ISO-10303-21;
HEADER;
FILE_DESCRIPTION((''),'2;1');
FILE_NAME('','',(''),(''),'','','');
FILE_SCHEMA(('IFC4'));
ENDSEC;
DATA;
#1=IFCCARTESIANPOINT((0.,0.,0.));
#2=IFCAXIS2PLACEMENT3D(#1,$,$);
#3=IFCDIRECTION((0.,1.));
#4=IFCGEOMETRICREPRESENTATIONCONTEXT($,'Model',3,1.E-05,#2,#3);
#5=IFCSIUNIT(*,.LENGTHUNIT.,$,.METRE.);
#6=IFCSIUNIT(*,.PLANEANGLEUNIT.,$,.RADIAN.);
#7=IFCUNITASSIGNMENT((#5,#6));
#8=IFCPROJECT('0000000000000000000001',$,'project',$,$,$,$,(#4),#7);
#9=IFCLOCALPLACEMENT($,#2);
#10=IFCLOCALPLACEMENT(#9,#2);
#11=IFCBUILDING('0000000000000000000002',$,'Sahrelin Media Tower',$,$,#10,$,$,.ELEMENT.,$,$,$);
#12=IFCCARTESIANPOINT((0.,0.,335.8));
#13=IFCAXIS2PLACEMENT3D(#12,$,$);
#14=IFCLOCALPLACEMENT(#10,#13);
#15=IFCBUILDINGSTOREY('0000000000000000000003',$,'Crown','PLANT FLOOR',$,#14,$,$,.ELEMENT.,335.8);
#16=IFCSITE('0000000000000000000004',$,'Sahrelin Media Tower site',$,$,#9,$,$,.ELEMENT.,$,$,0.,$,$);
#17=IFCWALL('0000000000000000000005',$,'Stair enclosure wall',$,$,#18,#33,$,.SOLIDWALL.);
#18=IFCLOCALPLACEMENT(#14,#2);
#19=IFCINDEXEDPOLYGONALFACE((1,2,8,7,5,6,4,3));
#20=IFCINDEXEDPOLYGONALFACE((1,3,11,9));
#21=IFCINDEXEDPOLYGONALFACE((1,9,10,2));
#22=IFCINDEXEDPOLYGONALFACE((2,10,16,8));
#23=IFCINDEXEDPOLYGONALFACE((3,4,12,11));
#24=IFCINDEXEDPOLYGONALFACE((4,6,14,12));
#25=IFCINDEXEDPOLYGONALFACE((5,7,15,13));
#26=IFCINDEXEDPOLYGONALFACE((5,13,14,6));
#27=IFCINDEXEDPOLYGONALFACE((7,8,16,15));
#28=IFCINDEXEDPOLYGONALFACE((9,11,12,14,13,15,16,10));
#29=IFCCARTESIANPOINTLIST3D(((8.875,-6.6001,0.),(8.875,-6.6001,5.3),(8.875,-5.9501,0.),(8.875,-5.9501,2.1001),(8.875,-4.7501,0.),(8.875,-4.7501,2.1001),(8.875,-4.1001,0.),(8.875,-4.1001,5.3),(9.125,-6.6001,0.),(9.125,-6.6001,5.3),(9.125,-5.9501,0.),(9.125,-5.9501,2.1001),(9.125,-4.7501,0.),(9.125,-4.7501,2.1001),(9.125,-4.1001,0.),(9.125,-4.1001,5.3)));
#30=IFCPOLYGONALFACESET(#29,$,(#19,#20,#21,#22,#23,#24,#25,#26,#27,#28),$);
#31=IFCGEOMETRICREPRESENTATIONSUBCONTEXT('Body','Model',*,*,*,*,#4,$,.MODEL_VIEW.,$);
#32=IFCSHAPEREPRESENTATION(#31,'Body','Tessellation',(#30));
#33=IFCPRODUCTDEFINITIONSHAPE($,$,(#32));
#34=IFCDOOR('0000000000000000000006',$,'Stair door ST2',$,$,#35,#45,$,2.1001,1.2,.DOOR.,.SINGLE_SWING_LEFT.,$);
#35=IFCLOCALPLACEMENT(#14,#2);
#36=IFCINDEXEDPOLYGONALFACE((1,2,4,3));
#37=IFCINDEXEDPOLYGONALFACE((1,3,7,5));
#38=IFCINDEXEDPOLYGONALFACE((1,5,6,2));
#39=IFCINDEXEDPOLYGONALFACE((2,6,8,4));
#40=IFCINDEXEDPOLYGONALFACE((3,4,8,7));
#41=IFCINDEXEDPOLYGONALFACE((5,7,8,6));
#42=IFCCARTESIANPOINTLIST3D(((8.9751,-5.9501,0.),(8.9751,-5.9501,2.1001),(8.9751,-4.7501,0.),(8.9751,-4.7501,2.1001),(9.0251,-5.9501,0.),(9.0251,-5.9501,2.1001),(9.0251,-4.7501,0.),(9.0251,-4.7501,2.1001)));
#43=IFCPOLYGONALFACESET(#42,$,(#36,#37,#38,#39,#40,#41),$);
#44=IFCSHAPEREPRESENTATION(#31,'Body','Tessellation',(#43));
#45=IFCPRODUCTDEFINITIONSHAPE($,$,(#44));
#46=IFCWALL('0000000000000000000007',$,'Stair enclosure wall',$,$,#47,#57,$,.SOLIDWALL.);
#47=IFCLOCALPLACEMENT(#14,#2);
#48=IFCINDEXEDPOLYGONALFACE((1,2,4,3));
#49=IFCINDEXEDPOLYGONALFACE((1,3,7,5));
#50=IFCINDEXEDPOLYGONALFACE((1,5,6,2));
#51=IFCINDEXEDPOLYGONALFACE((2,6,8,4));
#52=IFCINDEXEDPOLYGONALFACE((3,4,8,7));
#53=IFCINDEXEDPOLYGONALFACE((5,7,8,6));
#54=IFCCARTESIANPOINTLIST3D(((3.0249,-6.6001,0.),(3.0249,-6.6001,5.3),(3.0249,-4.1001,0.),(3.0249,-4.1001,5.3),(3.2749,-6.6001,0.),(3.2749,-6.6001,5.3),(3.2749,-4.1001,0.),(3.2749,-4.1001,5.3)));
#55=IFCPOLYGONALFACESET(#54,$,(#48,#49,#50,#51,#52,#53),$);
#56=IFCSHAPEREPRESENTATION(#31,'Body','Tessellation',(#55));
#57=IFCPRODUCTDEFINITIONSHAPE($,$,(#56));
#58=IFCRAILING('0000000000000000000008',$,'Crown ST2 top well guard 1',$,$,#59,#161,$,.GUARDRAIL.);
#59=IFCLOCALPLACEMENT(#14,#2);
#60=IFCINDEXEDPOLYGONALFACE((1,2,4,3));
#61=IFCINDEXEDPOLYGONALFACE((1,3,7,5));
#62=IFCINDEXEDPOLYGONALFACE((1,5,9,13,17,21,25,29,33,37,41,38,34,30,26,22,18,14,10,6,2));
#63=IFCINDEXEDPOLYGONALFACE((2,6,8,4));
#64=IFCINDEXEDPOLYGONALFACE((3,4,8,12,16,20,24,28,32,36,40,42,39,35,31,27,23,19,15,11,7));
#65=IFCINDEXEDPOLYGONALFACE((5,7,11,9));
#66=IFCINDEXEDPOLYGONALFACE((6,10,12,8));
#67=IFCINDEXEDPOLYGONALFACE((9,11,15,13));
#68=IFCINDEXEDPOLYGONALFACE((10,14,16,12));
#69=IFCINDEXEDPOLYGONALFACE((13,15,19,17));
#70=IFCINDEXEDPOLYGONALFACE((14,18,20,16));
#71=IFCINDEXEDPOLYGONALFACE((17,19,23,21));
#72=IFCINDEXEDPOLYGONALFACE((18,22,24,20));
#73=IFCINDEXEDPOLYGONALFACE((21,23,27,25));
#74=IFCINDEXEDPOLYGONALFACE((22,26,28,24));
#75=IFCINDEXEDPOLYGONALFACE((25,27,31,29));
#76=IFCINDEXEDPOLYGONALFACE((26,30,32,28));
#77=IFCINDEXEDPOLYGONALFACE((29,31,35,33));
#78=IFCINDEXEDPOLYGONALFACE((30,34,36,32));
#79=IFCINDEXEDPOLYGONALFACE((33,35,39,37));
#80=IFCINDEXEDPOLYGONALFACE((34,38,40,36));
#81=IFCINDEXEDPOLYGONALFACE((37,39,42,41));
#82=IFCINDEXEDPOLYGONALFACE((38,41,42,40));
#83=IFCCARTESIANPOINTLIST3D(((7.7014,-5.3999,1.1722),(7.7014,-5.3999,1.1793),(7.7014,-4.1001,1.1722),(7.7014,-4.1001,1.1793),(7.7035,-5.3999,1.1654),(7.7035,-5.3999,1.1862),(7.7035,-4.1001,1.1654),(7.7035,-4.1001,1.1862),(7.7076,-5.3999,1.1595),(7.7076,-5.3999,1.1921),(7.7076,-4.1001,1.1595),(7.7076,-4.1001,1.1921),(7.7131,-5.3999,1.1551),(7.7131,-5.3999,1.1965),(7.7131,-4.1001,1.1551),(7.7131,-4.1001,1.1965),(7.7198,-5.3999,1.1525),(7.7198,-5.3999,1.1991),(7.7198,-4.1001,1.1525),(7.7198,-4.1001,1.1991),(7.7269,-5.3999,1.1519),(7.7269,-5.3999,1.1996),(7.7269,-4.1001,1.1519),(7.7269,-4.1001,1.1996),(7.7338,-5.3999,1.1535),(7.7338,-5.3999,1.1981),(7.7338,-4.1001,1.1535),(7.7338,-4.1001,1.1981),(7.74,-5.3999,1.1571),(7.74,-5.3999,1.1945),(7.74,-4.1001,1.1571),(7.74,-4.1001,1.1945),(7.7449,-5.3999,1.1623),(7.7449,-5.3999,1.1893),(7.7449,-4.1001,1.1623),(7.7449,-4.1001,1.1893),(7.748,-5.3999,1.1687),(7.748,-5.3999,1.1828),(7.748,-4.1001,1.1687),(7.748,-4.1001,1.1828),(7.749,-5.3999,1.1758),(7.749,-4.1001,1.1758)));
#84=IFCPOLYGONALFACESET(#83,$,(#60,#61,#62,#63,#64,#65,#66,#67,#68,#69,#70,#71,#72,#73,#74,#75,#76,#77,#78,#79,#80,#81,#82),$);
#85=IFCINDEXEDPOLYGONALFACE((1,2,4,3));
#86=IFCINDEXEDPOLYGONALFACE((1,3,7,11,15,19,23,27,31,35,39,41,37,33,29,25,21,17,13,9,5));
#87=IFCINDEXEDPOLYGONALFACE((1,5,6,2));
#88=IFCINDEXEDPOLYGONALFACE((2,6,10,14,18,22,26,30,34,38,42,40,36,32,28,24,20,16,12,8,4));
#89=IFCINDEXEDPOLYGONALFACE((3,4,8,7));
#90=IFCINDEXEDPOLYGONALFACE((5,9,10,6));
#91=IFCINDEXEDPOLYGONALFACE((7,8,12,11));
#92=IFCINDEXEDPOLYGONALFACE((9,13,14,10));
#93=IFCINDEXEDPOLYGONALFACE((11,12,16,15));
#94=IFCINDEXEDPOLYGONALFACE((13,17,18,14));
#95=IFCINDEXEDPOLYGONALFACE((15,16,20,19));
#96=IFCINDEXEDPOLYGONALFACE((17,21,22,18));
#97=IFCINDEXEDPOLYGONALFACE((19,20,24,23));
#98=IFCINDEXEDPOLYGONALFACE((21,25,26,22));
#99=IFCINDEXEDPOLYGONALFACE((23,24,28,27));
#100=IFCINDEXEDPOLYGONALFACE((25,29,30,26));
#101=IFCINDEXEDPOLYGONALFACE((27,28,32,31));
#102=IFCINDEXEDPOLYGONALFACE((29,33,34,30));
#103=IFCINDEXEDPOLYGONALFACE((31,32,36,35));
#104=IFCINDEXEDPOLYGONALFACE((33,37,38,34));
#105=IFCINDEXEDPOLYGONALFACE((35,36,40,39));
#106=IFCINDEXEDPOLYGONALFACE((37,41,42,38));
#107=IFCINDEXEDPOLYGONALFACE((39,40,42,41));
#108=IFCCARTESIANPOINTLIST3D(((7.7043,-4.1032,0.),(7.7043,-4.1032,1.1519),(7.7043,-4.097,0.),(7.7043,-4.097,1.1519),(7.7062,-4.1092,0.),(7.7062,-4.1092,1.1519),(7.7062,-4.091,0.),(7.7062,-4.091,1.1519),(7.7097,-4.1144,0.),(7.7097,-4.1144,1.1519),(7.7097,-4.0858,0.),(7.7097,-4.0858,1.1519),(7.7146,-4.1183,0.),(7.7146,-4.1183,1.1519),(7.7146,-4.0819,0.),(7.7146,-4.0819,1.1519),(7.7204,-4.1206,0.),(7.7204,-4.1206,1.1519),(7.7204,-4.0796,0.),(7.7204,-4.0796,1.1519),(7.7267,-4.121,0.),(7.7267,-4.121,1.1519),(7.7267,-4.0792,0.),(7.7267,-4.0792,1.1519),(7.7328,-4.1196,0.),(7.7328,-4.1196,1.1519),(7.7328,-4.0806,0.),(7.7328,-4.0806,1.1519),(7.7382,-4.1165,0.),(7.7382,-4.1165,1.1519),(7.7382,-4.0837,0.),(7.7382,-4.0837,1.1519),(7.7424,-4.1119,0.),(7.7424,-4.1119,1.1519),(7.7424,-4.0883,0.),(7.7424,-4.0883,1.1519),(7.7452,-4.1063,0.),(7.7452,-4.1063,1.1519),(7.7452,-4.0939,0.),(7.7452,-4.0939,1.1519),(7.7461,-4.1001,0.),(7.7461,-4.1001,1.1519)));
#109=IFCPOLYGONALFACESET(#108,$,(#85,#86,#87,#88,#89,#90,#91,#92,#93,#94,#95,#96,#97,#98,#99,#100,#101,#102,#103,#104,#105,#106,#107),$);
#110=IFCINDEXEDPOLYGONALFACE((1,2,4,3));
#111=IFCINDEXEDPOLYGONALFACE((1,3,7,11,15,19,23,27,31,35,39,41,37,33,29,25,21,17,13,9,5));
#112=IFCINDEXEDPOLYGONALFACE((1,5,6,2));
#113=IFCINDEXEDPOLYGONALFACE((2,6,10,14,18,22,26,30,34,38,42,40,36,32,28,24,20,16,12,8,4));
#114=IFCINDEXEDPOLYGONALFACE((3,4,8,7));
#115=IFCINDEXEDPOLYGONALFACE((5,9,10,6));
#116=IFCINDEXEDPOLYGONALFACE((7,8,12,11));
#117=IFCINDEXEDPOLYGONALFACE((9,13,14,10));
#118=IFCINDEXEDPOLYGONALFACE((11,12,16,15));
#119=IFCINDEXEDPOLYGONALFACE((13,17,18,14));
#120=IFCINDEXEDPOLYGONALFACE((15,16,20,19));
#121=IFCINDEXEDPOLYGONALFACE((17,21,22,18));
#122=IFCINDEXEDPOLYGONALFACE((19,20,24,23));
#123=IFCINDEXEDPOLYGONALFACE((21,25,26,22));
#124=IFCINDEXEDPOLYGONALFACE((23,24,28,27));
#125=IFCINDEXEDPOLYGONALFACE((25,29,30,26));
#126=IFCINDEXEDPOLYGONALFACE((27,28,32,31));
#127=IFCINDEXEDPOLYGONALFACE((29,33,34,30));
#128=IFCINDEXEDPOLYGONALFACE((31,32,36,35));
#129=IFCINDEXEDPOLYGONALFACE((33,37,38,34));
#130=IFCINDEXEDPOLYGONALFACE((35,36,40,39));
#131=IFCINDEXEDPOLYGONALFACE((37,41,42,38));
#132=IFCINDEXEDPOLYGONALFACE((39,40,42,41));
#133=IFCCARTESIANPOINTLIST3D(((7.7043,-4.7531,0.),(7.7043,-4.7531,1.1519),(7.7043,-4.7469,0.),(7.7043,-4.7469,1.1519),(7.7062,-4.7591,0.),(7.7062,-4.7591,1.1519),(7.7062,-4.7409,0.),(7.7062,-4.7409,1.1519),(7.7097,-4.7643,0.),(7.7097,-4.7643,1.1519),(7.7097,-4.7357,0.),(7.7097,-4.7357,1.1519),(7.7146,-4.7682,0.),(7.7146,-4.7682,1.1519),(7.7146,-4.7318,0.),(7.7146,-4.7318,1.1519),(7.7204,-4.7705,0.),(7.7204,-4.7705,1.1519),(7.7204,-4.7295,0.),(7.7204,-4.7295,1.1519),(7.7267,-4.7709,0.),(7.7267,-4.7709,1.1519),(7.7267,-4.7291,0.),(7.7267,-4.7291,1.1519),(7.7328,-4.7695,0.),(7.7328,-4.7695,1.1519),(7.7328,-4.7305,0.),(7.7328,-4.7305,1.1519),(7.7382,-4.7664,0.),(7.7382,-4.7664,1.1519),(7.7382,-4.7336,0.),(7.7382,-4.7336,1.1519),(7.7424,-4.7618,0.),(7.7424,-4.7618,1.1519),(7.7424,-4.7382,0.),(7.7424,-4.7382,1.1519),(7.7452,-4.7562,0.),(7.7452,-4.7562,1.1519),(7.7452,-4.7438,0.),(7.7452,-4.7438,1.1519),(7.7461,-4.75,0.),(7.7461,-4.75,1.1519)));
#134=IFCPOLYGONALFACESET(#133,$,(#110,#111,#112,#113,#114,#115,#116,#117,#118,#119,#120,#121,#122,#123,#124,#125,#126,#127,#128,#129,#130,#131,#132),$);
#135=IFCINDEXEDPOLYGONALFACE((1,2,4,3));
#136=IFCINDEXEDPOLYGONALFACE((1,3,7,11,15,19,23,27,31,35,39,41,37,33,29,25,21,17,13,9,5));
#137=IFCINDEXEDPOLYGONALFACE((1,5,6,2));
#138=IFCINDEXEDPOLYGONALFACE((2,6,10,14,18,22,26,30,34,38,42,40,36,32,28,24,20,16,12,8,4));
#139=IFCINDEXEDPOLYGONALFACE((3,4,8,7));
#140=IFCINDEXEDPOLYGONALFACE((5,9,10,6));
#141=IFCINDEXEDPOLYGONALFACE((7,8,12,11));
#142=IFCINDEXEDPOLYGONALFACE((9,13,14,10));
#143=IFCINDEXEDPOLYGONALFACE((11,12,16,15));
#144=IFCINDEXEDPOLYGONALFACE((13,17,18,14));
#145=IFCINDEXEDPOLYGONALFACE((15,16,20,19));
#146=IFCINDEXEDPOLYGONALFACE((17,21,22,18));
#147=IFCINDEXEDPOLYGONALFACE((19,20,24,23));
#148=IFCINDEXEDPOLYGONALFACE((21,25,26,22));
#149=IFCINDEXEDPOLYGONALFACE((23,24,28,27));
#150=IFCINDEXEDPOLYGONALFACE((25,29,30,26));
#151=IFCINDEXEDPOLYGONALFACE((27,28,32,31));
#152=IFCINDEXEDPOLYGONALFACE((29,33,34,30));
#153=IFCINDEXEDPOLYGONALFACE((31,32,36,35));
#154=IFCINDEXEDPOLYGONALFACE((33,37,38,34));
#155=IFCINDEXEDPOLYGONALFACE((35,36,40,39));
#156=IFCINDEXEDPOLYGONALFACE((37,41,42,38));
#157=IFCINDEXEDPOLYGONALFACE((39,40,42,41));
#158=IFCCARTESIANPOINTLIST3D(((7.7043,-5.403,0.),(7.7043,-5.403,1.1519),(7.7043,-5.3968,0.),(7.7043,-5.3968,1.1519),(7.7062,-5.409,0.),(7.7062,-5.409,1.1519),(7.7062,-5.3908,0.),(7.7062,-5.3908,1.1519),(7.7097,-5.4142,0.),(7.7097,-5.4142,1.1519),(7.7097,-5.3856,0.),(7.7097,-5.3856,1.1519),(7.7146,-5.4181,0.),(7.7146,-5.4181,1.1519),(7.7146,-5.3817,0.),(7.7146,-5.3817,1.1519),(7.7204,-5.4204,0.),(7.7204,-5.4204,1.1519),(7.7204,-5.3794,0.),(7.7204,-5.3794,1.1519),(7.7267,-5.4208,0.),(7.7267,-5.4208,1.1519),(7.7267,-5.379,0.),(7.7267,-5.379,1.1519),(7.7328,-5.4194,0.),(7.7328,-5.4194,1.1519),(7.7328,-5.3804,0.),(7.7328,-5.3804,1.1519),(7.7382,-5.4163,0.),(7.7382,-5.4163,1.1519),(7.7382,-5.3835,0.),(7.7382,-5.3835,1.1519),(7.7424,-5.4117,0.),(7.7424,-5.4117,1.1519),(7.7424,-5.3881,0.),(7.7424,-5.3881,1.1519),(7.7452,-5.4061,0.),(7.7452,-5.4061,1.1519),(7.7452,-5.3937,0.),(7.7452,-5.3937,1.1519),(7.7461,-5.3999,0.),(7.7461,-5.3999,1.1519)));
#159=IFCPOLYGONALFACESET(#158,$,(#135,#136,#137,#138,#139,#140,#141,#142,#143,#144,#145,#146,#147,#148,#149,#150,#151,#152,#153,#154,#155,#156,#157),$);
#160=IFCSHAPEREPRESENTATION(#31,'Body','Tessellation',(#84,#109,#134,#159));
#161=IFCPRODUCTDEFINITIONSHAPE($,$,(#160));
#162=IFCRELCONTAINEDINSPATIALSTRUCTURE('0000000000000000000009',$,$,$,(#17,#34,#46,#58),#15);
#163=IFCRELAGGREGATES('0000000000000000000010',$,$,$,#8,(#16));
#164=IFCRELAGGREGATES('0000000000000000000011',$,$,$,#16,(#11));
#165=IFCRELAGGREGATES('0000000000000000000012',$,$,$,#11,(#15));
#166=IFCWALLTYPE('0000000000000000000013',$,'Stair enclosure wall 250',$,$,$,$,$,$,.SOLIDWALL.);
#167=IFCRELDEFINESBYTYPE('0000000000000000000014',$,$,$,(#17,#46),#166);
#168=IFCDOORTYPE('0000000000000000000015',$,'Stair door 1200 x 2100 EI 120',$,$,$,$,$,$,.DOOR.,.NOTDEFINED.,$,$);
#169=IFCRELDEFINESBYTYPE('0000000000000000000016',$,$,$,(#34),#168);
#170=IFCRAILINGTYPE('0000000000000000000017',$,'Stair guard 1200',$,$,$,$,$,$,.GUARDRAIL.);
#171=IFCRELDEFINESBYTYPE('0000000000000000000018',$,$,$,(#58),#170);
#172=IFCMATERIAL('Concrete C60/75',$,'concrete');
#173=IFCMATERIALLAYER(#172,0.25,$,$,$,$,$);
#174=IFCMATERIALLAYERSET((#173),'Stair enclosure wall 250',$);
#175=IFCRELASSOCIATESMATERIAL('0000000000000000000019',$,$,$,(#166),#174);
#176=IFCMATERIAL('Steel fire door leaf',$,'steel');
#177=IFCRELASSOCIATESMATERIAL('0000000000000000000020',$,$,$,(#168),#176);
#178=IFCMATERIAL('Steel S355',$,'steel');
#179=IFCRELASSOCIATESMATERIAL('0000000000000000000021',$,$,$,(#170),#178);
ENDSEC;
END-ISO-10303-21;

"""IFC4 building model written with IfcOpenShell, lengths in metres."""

from ifc_helpers import new_model, si_unit, direction, frame, frame_2d, origin, origin_2d, place, context, subcontext, project, spatial, rectangle, circle, extrude, material, layer, layer_set, type_object, element, fill, save


model = new_model("IFC4")

# Units and contexts
model_context = context("Model", 3, precision=1e-05, world=origin(), true_north=direction((0.0, 1.0)))
body_context = subcontext(model_context, "Body", "Model", "MODEL_VIEW")
ifc_project = project(units=[si_unit("LENGTHUNIT", "METRE"), si_unit("PLANEANGLEUNIT", "RADIAN")], contexts=[model_context])

# Site, building, storey
site_placement = place(None, origin())
site = spatial("IfcSite", under=ifc_project, at=site_placement, Name="Sahrelin Media Tower site", CompositionType="ELEMENT", RefElevation=0.0)
building_placement = place(site_placement, origin())
building = spatial("IfcBuilding", under=site, at=building_placement, Name="Sahrelin Media Tower", CompositionType="ELEMENT")
storey_placement = place(building_placement, frame((0.0, 0.0, 335.8)))
storey = spatial("IfcBuildingStorey", under=building, at=storey_placement, Name="Crown", Description="PLANT FLOOR", CompositionType="ELEMENT", Elevation=335.8)

# Shared definitions
ifc_material_1 = material(Name="Steel S355", Category="steel")

# Shared definitions
ifc_material_2 = material(Name="Concrete C60/75", Category="concrete")
ifc_material_3 = material(Name="Steel fire door leaf", Category="steel")

# Wall, opening, door
ifc_layer_1 = layer(ifc_material_2, 0.25)
ifc_layer_set_1 = layer_set([ifc_layer_1], Name="Stair enclosure wall 250")
wall_type_1 = type_object("IfcWallType", Name="Stair enclosure wall 250", PredefinedType="SOLIDWALL", material=ifc_layer_set_1)
wall_1_placement = place(storey_placement, frame((9.0, -6.6001, 0.0), z_axis=(0.0, 0.0, 1.0), x_axis=(0.0, 1.0, 0.0)))
wall_1 = element("IfcWall", 1, at=wall_1_placement, inside=storey, type_object=wall_type_1, Name="Stair enclosure wall", PredefinedType="SOLIDWALL", context=body_context, shape_type="SweptSolid", body=[
    extrude(rectangle(XDim=2.5, YDim=0.25, at=frame_2d((1.25, 0.0))), origin(), (0.0, 0.0, 1.0), 5.3),
])
opening_1_placement = place(wall_1_placement, frame((0.6499, 0.0, 0.0)))
opening_1 = element("IfcOpeningElement", 2, at=opening_1_placement, cuts=wall_1, PredefinedType="OPENING", context=body_context, shape_type="SweptSolid", body=[
    extrude(rectangle(XDim=1.2, YDim=2.1001, at=frame_2d((0.6001, 1.05))), frame((0.0, 0.125, 0.0), z_axis=(0.0, -1.0, 0.0), x_axis=(1.0, 0.0, 0.0)), (0.0, 0.0, 1.0), 0.25),
])
door_type_1 = type_object("IfcDoorType", Name="Stair door 1200 x 2100 EI 120", OperationType="NOTDEFINED", PredefinedType="DOOR", material=ifc_material_3)
door_1_placement = place(opening_1_placement, origin())
door_1 = element("IfcDoor", 3, at=door_1_placement, inside=storey, type_object=door_type_1, Name="Stair door ST2", OperationType="SINGLE_SWING_LEFT", OverallHeight=2.1001, OverallWidth=1.2, PredefinedType="DOOR", context=body_context, shape_type="SweptSolid", body=[
    extrude(rectangle(XDim=1.2, YDim=2.1001, at=frame_2d((0.6001, 1.05))), frame((0.0, 0.0249, 0.0), z_axis=(0.0, -1.0, 0.0), x_axis=(1.0, 0.0, 0.0)), (0.0, 0.0, 1.0), 0.05),
])
fill(opening_1, door_1)

# Wall
wall_2_placement = place(storey_placement, frame((3.1499, -6.6001, 0.0), z_axis=(0.0, 0.0, 1.0), x_axis=(0.0, 1.0, 0.0)))
element("IfcWall", 4, at=wall_2_placement, inside=storey, type_object=wall_type_1, Name="Stair enclosure wall", PredefinedType="SOLIDWALL", context=body_context, shape_type="SweptSolid", body=[
    extrude(rectangle(XDim=2.5, YDim=0.25, at=frame_2d((1.25, 0.0))), origin(), (0.0, 0.0, 1.0), 5.3),
])

# Railing
railing_type = type_object("IfcRailingType", Name="Stair guard 1200", PredefinedType="GUARDRAIL", material=ifc_material_1)
railing_placement = place(storey_placement, frame((7.7251, -4.1001, 0.0)))
element("IfcRailing", 5, at=railing_placement, inside=storey, type_object=railing_type, Name="Crown ST2 top well guard 1", PredefinedType="GUARDRAIL", context=body_context, shape_type="SweptSolid", body=[
    extrude(circle(Radius=0.0239, at=origin_2d()), frame((0.0, 0.0, 1.1758), z_axis=(0.0, -1.0, 0.0), x_axis=(1.0, 0.0, 0.0)), (0.0, 0.0, 1.0), 1.2998),
    extrude(circle(Radius=0.021, at=origin_2d()), origin(), (0.0, 0.0, 1.0), 1.1519),
    extrude(circle(Radius=0.021, at=origin_2d()), frame((0.0, -0.6499, 0.0)), (0.0, 0.0, 1.0), 1.1519),
    extrude(circle(Radius=0.021, at=origin_2d()), frame((0.0, -1.2998, 0.0)), (0.0, 0.0, 1.0), 1.1519),
])

save(model, "model.ifc")
